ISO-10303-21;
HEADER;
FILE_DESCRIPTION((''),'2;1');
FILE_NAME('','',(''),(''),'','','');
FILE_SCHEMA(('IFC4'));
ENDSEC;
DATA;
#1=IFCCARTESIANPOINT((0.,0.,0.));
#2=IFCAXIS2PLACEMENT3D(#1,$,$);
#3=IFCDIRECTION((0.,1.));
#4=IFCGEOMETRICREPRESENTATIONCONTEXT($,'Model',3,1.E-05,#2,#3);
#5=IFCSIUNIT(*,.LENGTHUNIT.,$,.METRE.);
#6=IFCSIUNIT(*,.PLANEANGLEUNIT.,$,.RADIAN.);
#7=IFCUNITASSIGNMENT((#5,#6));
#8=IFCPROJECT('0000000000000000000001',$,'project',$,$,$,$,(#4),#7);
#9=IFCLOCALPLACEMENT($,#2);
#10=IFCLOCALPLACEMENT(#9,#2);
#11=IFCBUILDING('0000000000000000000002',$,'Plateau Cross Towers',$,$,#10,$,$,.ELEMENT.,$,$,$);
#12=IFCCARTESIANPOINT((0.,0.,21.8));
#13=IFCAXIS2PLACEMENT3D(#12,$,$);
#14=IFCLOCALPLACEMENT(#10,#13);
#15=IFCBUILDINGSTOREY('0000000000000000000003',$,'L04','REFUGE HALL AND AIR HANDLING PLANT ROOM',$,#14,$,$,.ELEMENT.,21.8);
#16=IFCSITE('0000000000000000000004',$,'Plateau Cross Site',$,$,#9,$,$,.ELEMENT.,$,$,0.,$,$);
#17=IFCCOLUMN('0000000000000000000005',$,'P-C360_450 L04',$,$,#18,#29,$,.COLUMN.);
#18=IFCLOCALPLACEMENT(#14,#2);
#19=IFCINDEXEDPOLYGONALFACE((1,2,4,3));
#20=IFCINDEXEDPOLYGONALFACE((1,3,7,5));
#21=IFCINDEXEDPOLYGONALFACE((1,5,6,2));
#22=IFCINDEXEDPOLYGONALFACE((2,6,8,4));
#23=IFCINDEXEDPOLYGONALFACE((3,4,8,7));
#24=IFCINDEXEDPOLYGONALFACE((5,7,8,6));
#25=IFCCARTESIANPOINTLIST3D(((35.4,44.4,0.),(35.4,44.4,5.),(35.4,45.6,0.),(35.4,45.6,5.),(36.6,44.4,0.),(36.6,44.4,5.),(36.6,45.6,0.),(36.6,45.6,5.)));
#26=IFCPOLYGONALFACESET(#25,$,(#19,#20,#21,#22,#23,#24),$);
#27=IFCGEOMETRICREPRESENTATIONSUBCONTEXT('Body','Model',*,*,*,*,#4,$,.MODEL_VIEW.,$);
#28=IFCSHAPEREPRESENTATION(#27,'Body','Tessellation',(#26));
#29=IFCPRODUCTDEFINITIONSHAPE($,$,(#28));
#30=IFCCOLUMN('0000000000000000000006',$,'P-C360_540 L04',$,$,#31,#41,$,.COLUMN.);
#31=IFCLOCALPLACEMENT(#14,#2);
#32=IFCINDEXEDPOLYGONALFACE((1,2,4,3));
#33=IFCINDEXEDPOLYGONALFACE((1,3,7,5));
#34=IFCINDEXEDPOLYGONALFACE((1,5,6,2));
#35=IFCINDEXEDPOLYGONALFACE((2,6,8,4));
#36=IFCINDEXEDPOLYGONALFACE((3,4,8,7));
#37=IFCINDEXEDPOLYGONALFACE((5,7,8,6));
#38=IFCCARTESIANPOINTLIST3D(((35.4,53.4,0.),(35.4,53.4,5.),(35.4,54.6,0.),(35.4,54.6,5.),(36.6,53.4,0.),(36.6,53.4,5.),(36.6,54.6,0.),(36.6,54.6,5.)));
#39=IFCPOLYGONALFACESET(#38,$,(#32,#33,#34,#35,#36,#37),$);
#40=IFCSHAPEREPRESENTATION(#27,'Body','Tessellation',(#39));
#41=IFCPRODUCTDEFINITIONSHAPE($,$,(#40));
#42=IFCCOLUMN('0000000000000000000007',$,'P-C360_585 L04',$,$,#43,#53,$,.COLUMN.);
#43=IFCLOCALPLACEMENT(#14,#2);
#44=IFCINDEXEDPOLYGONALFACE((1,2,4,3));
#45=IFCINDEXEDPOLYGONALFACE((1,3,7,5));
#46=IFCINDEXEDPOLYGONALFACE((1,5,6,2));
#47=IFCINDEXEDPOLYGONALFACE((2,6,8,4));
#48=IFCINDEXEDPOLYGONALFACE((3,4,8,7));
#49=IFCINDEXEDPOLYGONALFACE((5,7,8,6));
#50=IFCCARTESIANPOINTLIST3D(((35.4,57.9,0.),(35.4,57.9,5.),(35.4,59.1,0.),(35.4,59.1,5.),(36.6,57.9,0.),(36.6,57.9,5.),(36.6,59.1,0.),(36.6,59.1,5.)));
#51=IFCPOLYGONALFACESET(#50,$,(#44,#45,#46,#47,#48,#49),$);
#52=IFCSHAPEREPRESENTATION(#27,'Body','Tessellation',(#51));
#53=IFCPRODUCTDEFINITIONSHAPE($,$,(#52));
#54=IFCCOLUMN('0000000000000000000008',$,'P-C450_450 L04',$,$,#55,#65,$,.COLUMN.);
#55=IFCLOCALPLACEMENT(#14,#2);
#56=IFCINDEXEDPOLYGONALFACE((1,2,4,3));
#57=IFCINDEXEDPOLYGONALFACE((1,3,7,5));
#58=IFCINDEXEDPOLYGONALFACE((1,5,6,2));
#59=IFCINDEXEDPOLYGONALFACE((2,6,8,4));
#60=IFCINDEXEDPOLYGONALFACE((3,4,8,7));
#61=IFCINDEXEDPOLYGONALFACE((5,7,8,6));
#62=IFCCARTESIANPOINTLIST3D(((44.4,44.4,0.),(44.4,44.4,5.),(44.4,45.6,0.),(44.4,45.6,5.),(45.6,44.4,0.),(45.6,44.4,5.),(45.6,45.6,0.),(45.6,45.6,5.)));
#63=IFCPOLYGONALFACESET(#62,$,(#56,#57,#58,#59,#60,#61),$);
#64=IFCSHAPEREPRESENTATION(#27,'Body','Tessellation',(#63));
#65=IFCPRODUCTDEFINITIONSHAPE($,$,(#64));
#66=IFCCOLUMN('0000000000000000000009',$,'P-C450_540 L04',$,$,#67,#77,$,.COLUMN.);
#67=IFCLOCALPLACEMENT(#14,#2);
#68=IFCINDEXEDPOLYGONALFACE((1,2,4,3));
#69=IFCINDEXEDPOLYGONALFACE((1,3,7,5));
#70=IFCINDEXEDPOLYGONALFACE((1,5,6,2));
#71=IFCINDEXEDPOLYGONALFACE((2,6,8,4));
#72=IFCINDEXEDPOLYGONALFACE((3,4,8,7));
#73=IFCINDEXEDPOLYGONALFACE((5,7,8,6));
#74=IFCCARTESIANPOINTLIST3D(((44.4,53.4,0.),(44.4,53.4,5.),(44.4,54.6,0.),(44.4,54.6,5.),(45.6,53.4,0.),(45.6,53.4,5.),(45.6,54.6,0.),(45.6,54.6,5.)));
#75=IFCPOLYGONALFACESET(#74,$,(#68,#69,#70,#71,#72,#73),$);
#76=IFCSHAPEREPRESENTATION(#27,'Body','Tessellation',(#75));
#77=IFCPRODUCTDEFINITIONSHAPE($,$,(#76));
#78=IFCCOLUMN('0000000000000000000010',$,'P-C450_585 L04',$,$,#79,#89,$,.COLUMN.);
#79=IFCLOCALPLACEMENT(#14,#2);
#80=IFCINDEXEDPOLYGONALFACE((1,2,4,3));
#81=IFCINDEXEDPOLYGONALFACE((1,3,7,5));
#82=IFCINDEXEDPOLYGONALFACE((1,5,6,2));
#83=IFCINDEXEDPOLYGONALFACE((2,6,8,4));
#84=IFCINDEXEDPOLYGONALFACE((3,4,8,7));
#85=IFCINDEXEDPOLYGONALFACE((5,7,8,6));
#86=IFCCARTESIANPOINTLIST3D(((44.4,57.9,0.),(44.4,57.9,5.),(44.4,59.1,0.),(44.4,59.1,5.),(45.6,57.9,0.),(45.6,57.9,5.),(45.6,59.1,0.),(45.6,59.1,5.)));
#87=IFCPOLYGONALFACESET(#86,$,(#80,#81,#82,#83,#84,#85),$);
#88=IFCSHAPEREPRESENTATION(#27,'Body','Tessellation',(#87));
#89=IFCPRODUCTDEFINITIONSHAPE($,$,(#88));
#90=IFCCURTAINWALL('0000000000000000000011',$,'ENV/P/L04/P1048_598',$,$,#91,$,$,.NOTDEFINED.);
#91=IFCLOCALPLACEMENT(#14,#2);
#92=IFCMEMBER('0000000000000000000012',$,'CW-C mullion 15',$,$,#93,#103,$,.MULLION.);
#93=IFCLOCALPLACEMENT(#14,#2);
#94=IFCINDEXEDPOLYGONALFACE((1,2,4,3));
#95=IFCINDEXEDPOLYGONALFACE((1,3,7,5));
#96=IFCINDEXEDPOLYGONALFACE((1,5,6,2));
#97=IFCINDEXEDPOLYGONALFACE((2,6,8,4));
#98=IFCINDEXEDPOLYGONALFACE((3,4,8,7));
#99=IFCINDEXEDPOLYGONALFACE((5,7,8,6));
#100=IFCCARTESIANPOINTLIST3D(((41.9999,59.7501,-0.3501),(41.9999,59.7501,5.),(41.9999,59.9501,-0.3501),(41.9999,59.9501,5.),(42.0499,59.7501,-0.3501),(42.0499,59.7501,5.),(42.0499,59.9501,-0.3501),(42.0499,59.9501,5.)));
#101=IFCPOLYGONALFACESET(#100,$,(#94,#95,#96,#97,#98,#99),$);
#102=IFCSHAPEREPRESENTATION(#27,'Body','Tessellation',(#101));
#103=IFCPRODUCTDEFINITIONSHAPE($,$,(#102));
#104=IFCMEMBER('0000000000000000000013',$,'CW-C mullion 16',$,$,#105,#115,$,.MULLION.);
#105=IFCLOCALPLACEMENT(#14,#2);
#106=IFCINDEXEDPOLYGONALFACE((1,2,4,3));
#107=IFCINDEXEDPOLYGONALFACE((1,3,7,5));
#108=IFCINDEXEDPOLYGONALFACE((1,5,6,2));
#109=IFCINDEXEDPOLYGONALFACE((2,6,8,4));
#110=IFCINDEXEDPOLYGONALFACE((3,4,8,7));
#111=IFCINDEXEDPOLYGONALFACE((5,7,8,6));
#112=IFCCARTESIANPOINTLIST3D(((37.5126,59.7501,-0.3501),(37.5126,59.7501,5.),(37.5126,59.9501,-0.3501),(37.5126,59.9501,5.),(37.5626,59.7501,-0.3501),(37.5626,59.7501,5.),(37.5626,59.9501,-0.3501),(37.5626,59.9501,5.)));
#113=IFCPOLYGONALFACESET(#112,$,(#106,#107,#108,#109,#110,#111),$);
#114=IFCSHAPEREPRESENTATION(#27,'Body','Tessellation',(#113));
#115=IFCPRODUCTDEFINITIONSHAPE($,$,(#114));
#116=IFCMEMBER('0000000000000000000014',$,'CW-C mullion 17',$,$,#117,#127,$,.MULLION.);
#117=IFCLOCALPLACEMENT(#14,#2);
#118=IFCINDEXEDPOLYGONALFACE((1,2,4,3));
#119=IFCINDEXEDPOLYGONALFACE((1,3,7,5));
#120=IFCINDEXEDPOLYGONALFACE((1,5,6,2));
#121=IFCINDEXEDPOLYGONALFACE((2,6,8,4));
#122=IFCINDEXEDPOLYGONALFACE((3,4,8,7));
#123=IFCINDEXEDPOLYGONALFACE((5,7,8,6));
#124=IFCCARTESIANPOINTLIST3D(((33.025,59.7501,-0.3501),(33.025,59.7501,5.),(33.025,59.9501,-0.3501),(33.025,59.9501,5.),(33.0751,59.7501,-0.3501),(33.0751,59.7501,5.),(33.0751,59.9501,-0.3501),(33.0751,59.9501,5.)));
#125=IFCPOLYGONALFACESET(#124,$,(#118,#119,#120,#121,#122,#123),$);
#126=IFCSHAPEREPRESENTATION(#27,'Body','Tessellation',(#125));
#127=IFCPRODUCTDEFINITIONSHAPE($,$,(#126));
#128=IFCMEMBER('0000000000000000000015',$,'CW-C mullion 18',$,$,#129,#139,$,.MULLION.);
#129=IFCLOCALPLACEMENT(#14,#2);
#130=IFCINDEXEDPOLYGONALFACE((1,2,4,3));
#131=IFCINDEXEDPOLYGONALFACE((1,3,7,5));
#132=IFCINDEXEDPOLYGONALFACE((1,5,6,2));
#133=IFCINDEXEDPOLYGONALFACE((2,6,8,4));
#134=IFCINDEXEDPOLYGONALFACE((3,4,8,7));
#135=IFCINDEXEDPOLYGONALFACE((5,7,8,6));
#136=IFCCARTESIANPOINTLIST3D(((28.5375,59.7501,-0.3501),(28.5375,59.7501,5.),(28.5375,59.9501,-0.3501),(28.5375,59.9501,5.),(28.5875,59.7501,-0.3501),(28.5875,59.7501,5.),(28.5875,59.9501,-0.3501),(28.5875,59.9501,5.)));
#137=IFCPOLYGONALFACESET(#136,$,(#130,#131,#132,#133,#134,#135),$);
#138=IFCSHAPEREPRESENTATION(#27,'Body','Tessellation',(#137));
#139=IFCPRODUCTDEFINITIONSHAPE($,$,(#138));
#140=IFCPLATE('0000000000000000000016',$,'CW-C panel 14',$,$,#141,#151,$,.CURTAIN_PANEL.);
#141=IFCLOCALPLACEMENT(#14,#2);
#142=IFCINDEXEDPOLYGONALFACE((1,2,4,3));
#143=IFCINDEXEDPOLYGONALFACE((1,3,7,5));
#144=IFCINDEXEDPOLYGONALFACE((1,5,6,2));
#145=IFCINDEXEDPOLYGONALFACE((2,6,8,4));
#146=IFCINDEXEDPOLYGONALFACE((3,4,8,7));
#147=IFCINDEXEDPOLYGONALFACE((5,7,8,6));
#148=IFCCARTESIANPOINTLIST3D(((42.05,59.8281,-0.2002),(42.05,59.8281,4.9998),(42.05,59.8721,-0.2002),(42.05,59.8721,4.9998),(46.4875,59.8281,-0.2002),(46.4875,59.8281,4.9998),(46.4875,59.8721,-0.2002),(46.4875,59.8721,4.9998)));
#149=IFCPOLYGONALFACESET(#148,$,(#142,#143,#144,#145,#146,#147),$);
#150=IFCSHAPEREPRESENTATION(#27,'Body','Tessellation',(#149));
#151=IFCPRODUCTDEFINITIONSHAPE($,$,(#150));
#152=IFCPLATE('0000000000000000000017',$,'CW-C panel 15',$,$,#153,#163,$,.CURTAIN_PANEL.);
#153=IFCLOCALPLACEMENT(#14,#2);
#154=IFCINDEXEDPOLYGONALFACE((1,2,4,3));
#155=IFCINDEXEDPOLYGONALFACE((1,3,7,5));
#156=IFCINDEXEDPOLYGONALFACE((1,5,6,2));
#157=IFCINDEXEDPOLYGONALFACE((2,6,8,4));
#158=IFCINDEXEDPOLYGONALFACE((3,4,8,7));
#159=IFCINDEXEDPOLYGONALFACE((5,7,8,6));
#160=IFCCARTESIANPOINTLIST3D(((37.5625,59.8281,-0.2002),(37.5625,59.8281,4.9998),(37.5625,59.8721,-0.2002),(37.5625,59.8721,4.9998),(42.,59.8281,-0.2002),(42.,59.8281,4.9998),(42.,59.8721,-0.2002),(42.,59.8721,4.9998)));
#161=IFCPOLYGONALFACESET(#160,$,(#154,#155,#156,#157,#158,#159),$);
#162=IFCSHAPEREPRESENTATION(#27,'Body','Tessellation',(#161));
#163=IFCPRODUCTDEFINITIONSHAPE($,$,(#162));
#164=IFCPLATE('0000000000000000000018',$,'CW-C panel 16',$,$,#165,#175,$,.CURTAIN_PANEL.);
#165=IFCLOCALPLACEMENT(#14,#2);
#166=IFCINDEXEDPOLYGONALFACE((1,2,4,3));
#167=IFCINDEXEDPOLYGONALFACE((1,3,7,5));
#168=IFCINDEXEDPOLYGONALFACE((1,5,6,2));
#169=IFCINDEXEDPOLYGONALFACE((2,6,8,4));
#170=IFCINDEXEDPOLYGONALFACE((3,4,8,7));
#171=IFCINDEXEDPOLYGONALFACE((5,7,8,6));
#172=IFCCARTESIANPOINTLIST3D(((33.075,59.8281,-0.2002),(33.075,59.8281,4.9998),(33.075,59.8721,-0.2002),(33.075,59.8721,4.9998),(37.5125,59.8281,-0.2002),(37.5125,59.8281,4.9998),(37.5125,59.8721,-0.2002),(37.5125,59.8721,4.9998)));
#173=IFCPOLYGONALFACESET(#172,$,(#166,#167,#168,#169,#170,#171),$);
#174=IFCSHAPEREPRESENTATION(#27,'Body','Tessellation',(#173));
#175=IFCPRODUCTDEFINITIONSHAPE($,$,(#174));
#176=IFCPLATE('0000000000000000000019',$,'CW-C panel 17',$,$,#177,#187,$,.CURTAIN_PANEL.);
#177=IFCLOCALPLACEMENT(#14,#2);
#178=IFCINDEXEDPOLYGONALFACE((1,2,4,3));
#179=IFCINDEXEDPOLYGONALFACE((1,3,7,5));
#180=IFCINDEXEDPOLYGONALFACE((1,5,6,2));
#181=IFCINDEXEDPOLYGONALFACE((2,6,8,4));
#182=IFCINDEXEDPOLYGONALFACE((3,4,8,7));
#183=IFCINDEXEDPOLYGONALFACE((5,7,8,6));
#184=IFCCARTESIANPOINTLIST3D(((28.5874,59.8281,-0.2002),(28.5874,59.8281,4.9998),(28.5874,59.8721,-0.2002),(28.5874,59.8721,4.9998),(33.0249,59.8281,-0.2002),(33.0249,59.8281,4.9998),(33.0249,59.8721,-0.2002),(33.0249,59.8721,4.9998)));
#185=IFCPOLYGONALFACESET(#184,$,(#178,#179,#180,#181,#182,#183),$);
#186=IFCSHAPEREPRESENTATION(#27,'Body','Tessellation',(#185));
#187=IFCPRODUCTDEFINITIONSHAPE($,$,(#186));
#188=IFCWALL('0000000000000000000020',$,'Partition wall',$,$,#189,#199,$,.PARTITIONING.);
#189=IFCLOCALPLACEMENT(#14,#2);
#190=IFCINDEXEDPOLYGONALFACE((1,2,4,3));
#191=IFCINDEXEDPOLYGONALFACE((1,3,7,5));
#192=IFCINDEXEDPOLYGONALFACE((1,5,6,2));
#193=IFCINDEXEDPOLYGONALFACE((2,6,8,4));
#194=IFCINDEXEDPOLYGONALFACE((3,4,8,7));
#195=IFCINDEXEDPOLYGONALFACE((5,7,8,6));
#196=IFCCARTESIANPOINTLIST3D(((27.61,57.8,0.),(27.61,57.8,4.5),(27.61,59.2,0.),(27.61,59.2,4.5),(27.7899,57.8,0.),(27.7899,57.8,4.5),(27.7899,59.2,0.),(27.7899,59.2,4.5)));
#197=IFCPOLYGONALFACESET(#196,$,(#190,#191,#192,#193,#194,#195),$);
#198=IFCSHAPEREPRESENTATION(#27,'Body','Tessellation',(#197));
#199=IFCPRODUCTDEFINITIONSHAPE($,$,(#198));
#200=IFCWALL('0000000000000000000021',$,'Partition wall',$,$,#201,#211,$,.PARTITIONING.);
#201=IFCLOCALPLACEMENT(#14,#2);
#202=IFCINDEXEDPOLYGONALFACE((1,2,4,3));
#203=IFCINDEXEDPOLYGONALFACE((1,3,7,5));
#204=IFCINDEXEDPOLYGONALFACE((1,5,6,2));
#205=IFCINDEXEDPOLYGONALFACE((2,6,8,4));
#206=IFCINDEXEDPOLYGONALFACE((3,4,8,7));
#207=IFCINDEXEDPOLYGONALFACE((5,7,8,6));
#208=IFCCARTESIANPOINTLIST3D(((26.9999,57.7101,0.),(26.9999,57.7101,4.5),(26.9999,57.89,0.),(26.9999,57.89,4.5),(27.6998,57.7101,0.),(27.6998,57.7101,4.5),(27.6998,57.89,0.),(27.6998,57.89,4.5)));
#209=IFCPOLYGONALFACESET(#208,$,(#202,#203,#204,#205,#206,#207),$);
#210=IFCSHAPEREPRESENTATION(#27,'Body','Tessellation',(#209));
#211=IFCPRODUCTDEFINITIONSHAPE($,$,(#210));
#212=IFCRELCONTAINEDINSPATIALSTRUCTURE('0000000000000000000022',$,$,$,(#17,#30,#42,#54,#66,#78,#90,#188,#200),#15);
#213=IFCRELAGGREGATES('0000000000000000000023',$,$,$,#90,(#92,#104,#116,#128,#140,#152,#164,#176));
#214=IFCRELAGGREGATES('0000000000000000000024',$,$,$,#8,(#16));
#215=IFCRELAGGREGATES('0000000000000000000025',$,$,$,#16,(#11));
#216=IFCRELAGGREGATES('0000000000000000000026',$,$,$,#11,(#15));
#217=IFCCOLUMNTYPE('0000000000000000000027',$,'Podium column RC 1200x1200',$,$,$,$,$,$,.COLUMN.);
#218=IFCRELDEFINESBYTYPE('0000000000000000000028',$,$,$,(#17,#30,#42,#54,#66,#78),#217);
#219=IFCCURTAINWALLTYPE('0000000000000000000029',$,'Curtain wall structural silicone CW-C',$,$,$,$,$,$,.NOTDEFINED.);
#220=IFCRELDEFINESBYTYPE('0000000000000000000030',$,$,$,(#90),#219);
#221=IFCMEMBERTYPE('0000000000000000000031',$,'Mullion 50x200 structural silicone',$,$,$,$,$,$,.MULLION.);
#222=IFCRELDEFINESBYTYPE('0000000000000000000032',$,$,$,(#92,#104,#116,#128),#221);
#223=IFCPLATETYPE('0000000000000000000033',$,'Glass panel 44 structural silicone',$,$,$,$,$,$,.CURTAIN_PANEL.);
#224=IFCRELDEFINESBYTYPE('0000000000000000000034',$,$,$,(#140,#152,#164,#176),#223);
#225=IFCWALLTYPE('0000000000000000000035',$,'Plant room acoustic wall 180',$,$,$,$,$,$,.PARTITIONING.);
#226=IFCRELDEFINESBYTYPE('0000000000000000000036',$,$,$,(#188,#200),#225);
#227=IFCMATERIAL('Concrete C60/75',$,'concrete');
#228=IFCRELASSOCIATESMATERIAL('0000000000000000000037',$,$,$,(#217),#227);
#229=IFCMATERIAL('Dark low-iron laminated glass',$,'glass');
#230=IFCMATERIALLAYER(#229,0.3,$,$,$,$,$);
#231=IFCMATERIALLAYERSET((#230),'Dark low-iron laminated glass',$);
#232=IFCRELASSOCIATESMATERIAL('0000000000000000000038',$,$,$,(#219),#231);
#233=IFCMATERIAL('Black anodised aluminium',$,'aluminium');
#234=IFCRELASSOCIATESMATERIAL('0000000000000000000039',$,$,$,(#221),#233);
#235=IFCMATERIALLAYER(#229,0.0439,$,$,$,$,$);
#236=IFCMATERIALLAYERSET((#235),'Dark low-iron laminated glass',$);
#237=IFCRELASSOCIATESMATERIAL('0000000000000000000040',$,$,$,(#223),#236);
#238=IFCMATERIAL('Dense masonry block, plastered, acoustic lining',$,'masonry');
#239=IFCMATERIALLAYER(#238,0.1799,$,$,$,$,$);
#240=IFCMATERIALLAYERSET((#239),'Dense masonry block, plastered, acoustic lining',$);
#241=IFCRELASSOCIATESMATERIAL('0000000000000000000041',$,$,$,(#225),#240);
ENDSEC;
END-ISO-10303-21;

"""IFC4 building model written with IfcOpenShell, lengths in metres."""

from ifc_helpers import new_model, si_unit, direction, frame, frame_2d, origin, origin_2d, place, context, subcontext, project, spatial, rectangle, extrude, material, layer, layer_set, material_profile, profile_set, type_object, element, aggregate, save


model = new_model("IFC4")

# Units and contexts
model_context = context("Model", 3, precision=1e-05, world=origin(), true_north=direction((0.0, 1.0)))
body_context = subcontext(model_context, "Body", "Model", "MODEL_VIEW")
ifc_project = project(units=[si_unit("LENGTHUNIT", "METRE"), si_unit("PLANEANGLEUNIT", "RADIAN")], contexts=[model_context])

# Site, building, storey
site_placement = place(None, origin())
site = spatial("IfcSite", under=ifc_project, at=site_placement, Name="Plateau Cross Site", CompositionType="ELEMENT", RefElevation=0.0)
building_placement = place(site_placement, origin())
building = spatial("IfcBuilding", under=site, at=building_placement, Name="Plateau Cross Towers", CompositionType="ELEMENT")
storey_placement = place(building_placement, frame((0.0, 0.0, 21.8)))
storey = spatial("IfcBuildingStorey", under=building, at=storey_placement, Name="L04", Description="REFUGE HALL AND AIR HANDLING PLANT ROOM", CompositionType="ELEMENT", Elevation=21.8)

# Columns
ifc_material_1 = material(Name="Concrete C60/75", Category="concrete")
ifc_material_profile_1 = material_profile(ifc_material_1, rectangle(XDim=1.2, YDim=1.2, at=origin_2d()), Name="RC 1200x1200")
ifc_profile_set_1 = profile_set([ifc_material_profile_1], Name="Concrete C60/75")
column_type = type_object("IfcColumnType", Name="Podium column RC 1200x1200", PredefinedType="COLUMN", material=ifc_profile_set_1)
for number, where, z_axis, x_axis, name in (
    (1, (36.0, 45.0, 0.0), (0.0, 0.0, 1.0), (1.0, 0.0, 0.0), "P-C360_450 L04"),
    (2, (36.0, 54.0, 0.0), (0.0, 0.0, 1.0), (1.0, 0.0, 0.0), "P-C360_540 L04"),
    (3, (36.0, 58.5, 0.0), (0.0, 0.0, 1.0), (1.0, 0.0, 0.0), "P-C360_585 L04"),
    (4, (45.0, 45.0, 0.0), (0.0, 0.0, 1.0), (1.0, 0.0, 0.0), "P-C450_450 L04"),
    (5, (45.0, 54.0, 0.0), (0.0, 0.0, 1.0), (1.0, 0.0, 0.0), "P-C450_540 L04"),
    (6, (45.0, 58.5, 0.0), (0.0, 0.0, 1.0), (1.0, 0.0, 0.0), "P-C450_585 L04"),
):
    element("IfcColumn", number, at=place(storey_placement, frame(where, z_axis=z_axis, x_axis=x_axis)), inside=storey, type_object=column_type, Name=name, PredefinedType="COLUMN", context=body_context, shape_type="SweptSolid", body=[
        extrude(rectangle(XDim=1.2, YDim=1.2, at=origin_2d()), origin(), (0.0, 0.0, 1.0), 5.0),
    ])

# Curtain wall, members, plates
ifc_material_2 = material(Name="Dark low-iron laminated glass", Category="glass")
ifc_layer_1 = layer(ifc_material_2, 0.3)
ifc_layer_set_1 = layer_set([ifc_layer_1], Name="Dark low-iron laminated glass")
curtain_wall_type = type_object("IfcCurtainWallType", Name="Curtain wall structural silicone CW-C", PredefinedType="NOTDEFINED", material=ifc_layer_set_1)
curtain_wall_placement = place(storey_placement, origin())
curtain_wall = element("IfcCurtainWall", 7, at=curtain_wall_placement, inside=storey, type_object=curtain_wall_type, Name="ENV/P/L04/P1048_598", PredefinedType="NOTDEFINED")
ifc_material_3 = material(Name="Black anodised aluminium", Category="aluminium")
ifc_material_profile_2 = material_profile(ifc_material_3, rectangle(XDim=0.05, YDim=0.2, at=origin_2d()), Name="MULLION 50x200")
ifc_profile_set_2 = profile_set([ifc_material_profile_2], Name="Black anodised aluminium")
member_type = type_object("IfcMemberType", Name="Mullion 50x200 structural silicone", PredefinedType="MULLION", material=ifc_profile_set_2)
member_1_placement = place(storey_placement, frame((42.0249, 59.8501, -0.3501), z_axis=(0.0, 0.0, 1.0), x_axis=(-1.0, 0.0, 0.0)))
member_1 = element("IfcMember", 8, at=member_1_placement, type_object=member_type, Name="CW-C mullion 15", PredefinedType="MULLION", context=body_context, shape_type="SweptSolid", body=[
    extrude(rectangle(XDim=0.05, YDim=0.2, at=origin_2d()), origin(), (0.0, 0.0, 1.0), 5.3501),
])
member_2_placement = place(storey_placement, frame((37.5376, 59.8501, -0.3501), z_axis=(0.0, 0.0, 1.0), x_axis=(-1.0, 0.0, 0.0)))
member_2 = element("IfcMember", 9, at=member_2_placement, type_object=member_type, Name="CW-C mullion 16", PredefinedType="MULLION", context=body_context, shape_type="SweptSolid", body=[
    extrude(rectangle(XDim=0.05, YDim=0.2, at=origin_2d()), origin(), (0.0, 0.0, 1.0), 5.3501),
])
member_3_placement = place(storey_placement, frame((33.05, 59.8501, -0.3501), z_axis=(0.0, 0.0, 1.0), x_axis=(-1.0, 0.0, 0.0)))
member_3 = element("IfcMember", 10, at=member_3_placement, type_object=member_type, Name="CW-C mullion 17", PredefinedType="MULLION", context=body_context, shape_type="SweptSolid", body=[
    extrude(rectangle(XDim=0.05, YDim=0.2, at=origin_2d()), origin(), (0.0, 0.0, 1.0), 5.3501),
])
member_4_placement = place(storey_placement, frame((28.5625, 59.8501, -0.3501), z_axis=(0.0, 0.0, 1.0), x_axis=(-1.0, 0.0, 0.0)))
member_4 = element("IfcMember", 11, at=member_4_placement, type_object=member_type, Name="CW-C mullion 18", PredefinedType="MULLION", context=body_context, shape_type="SweptSolid", body=[
    extrude(rectangle(XDim=0.05, YDim=0.2, at=origin_2d()), origin(), (0.0, 0.0, 1.0), 5.3501),
])
ifc_layer_2 = layer(ifc_material_2, 0.0439)
ifc_layer_set_2 = layer_set([ifc_layer_2], Name="Dark low-iron laminated glass")
plate_type = type_object("IfcPlateType", Name="Glass panel 44 structural silicone", PredefinedType="CURTAIN_PANEL", material=ifc_layer_set_2)
plate_1_placement = place(storey_placement, frame((44.2688, 59.8501, -0.2002), z_axis=(0.0, 0.0, 1.0), x_axis=(-1.0, 0.0, 0.0)))
plate_1 = element("IfcPlate", 12, at=plate_1_placement, type_object=plate_type, Name="CW-C panel 14", PredefinedType="CURTAIN_PANEL", context=body_context, shape_type="SweptSolid", body=[
    extrude(rectangle(XDim=4.4375, YDim=0.0439, at=origin_2d()), origin(), (0.0, 0.0, 1.0), 5.2),
])
plate_2_placement = place(storey_placement, frame((39.7812, 59.8501, -0.2002), z_axis=(0.0, 0.0, 1.0), x_axis=(-1.0, 0.0, 0.0)))
plate_2 = element("IfcPlate", 13, at=plate_2_placement, type_object=plate_type, Name="CW-C panel 15", PredefinedType="CURTAIN_PANEL", context=body_context, shape_type="SweptSolid", body=[
    extrude(rectangle(XDim=4.4375, YDim=0.0439, at=origin_2d()), origin(), (0.0, 0.0, 1.0), 5.2),
])
plate_3_placement = place(storey_placement, frame((35.2937, 59.8501, -0.2002), z_axis=(0.0, 0.0, 1.0), x_axis=(-1.0, 0.0, 0.0)))
plate_3 = element("IfcPlate", 14, at=plate_3_placement, type_object=plate_type, Name="CW-C panel 16", PredefinedType="CURTAIN_PANEL", context=body_context, shape_type="SweptSolid", body=[
    extrude(rectangle(XDim=4.4375, YDim=0.0439, at=origin_2d()), origin(), (0.0, 0.0, 1.0), 5.2),
])
plate_4_placement = place(storey_placement, frame((30.8062, 59.8501, -0.2002), z_axis=(0.0, 0.0, 1.0), x_axis=(-1.0, 0.0, 0.0)))
plate_4 = element("IfcPlate", 15, at=plate_4_placement, type_object=plate_type, Name="CW-C panel 17", PredefinedType="CURTAIN_PANEL", context=body_context, shape_type="SweptSolid", body=[
    extrude(rectangle(XDim=4.4375, YDim=0.0439, at=origin_2d()), origin(), (0.0, 0.0, 1.0), 5.2),
])
aggregate(curtain_wall, [member_1, member_2, member_3, member_4, plate_1, plate_2, plate_3, plate_4])

# Walls
ifc_material_4 = material(Name="Dense masonry block, plastered, acoustic lining", Category="masonry")
ifc_layer_3 = layer(ifc_material_4, 0.1799)
ifc_layer_set_3 = layer_set([ifc_layer_3], Name="Dense masonry block, plastered, acoustic lining")
wall_type_1 = type_object("IfcWallType", Name="Plant room acoustic wall 180", PredefinedType="PARTITIONING", material=ifc_layer_set_3)
wall_1_placement = place(storey_placement, frame((27.7, 59.2, 0.0), z_axis=(0.0, 0.0, 1.0), x_axis=(0.0, -1.0, 0.0)))
element("IfcWall", 16, at=wall_1_placement, inside=storey, type_object=wall_type_1, Name="Partition wall", PredefinedType="PARTITIONING", context=body_context, shape_type="SweptSolid", body=[
    extrude(rectangle(XDim=1.3999, YDim=0.1799, at=frame_2d((0.7, 0.0))), origin(), (0.0, 0.0, 1.0), 4.5),
])
wall_2_placement = place(storey_placement, frame((27.7, 57.8, 0.0), z_axis=(0.0, 0.0, 1.0), x_axis=(-1.0, 0.0, 0.0)))
element("IfcWall", 17, at=wall_2_placement, inside=storey, type_object=wall_type_1, Name="Partition wall", PredefinedType="PARTITIONING", context=body_context, shape_type="SweptSolid", body=[
    extrude(rectangle(XDim=0.7, YDim=0.1799, at=frame_2d((0.3501, 0.0))), origin(), (0.0, 0.0, 1.0), 4.5),
])

save(model, "model.ifc")
